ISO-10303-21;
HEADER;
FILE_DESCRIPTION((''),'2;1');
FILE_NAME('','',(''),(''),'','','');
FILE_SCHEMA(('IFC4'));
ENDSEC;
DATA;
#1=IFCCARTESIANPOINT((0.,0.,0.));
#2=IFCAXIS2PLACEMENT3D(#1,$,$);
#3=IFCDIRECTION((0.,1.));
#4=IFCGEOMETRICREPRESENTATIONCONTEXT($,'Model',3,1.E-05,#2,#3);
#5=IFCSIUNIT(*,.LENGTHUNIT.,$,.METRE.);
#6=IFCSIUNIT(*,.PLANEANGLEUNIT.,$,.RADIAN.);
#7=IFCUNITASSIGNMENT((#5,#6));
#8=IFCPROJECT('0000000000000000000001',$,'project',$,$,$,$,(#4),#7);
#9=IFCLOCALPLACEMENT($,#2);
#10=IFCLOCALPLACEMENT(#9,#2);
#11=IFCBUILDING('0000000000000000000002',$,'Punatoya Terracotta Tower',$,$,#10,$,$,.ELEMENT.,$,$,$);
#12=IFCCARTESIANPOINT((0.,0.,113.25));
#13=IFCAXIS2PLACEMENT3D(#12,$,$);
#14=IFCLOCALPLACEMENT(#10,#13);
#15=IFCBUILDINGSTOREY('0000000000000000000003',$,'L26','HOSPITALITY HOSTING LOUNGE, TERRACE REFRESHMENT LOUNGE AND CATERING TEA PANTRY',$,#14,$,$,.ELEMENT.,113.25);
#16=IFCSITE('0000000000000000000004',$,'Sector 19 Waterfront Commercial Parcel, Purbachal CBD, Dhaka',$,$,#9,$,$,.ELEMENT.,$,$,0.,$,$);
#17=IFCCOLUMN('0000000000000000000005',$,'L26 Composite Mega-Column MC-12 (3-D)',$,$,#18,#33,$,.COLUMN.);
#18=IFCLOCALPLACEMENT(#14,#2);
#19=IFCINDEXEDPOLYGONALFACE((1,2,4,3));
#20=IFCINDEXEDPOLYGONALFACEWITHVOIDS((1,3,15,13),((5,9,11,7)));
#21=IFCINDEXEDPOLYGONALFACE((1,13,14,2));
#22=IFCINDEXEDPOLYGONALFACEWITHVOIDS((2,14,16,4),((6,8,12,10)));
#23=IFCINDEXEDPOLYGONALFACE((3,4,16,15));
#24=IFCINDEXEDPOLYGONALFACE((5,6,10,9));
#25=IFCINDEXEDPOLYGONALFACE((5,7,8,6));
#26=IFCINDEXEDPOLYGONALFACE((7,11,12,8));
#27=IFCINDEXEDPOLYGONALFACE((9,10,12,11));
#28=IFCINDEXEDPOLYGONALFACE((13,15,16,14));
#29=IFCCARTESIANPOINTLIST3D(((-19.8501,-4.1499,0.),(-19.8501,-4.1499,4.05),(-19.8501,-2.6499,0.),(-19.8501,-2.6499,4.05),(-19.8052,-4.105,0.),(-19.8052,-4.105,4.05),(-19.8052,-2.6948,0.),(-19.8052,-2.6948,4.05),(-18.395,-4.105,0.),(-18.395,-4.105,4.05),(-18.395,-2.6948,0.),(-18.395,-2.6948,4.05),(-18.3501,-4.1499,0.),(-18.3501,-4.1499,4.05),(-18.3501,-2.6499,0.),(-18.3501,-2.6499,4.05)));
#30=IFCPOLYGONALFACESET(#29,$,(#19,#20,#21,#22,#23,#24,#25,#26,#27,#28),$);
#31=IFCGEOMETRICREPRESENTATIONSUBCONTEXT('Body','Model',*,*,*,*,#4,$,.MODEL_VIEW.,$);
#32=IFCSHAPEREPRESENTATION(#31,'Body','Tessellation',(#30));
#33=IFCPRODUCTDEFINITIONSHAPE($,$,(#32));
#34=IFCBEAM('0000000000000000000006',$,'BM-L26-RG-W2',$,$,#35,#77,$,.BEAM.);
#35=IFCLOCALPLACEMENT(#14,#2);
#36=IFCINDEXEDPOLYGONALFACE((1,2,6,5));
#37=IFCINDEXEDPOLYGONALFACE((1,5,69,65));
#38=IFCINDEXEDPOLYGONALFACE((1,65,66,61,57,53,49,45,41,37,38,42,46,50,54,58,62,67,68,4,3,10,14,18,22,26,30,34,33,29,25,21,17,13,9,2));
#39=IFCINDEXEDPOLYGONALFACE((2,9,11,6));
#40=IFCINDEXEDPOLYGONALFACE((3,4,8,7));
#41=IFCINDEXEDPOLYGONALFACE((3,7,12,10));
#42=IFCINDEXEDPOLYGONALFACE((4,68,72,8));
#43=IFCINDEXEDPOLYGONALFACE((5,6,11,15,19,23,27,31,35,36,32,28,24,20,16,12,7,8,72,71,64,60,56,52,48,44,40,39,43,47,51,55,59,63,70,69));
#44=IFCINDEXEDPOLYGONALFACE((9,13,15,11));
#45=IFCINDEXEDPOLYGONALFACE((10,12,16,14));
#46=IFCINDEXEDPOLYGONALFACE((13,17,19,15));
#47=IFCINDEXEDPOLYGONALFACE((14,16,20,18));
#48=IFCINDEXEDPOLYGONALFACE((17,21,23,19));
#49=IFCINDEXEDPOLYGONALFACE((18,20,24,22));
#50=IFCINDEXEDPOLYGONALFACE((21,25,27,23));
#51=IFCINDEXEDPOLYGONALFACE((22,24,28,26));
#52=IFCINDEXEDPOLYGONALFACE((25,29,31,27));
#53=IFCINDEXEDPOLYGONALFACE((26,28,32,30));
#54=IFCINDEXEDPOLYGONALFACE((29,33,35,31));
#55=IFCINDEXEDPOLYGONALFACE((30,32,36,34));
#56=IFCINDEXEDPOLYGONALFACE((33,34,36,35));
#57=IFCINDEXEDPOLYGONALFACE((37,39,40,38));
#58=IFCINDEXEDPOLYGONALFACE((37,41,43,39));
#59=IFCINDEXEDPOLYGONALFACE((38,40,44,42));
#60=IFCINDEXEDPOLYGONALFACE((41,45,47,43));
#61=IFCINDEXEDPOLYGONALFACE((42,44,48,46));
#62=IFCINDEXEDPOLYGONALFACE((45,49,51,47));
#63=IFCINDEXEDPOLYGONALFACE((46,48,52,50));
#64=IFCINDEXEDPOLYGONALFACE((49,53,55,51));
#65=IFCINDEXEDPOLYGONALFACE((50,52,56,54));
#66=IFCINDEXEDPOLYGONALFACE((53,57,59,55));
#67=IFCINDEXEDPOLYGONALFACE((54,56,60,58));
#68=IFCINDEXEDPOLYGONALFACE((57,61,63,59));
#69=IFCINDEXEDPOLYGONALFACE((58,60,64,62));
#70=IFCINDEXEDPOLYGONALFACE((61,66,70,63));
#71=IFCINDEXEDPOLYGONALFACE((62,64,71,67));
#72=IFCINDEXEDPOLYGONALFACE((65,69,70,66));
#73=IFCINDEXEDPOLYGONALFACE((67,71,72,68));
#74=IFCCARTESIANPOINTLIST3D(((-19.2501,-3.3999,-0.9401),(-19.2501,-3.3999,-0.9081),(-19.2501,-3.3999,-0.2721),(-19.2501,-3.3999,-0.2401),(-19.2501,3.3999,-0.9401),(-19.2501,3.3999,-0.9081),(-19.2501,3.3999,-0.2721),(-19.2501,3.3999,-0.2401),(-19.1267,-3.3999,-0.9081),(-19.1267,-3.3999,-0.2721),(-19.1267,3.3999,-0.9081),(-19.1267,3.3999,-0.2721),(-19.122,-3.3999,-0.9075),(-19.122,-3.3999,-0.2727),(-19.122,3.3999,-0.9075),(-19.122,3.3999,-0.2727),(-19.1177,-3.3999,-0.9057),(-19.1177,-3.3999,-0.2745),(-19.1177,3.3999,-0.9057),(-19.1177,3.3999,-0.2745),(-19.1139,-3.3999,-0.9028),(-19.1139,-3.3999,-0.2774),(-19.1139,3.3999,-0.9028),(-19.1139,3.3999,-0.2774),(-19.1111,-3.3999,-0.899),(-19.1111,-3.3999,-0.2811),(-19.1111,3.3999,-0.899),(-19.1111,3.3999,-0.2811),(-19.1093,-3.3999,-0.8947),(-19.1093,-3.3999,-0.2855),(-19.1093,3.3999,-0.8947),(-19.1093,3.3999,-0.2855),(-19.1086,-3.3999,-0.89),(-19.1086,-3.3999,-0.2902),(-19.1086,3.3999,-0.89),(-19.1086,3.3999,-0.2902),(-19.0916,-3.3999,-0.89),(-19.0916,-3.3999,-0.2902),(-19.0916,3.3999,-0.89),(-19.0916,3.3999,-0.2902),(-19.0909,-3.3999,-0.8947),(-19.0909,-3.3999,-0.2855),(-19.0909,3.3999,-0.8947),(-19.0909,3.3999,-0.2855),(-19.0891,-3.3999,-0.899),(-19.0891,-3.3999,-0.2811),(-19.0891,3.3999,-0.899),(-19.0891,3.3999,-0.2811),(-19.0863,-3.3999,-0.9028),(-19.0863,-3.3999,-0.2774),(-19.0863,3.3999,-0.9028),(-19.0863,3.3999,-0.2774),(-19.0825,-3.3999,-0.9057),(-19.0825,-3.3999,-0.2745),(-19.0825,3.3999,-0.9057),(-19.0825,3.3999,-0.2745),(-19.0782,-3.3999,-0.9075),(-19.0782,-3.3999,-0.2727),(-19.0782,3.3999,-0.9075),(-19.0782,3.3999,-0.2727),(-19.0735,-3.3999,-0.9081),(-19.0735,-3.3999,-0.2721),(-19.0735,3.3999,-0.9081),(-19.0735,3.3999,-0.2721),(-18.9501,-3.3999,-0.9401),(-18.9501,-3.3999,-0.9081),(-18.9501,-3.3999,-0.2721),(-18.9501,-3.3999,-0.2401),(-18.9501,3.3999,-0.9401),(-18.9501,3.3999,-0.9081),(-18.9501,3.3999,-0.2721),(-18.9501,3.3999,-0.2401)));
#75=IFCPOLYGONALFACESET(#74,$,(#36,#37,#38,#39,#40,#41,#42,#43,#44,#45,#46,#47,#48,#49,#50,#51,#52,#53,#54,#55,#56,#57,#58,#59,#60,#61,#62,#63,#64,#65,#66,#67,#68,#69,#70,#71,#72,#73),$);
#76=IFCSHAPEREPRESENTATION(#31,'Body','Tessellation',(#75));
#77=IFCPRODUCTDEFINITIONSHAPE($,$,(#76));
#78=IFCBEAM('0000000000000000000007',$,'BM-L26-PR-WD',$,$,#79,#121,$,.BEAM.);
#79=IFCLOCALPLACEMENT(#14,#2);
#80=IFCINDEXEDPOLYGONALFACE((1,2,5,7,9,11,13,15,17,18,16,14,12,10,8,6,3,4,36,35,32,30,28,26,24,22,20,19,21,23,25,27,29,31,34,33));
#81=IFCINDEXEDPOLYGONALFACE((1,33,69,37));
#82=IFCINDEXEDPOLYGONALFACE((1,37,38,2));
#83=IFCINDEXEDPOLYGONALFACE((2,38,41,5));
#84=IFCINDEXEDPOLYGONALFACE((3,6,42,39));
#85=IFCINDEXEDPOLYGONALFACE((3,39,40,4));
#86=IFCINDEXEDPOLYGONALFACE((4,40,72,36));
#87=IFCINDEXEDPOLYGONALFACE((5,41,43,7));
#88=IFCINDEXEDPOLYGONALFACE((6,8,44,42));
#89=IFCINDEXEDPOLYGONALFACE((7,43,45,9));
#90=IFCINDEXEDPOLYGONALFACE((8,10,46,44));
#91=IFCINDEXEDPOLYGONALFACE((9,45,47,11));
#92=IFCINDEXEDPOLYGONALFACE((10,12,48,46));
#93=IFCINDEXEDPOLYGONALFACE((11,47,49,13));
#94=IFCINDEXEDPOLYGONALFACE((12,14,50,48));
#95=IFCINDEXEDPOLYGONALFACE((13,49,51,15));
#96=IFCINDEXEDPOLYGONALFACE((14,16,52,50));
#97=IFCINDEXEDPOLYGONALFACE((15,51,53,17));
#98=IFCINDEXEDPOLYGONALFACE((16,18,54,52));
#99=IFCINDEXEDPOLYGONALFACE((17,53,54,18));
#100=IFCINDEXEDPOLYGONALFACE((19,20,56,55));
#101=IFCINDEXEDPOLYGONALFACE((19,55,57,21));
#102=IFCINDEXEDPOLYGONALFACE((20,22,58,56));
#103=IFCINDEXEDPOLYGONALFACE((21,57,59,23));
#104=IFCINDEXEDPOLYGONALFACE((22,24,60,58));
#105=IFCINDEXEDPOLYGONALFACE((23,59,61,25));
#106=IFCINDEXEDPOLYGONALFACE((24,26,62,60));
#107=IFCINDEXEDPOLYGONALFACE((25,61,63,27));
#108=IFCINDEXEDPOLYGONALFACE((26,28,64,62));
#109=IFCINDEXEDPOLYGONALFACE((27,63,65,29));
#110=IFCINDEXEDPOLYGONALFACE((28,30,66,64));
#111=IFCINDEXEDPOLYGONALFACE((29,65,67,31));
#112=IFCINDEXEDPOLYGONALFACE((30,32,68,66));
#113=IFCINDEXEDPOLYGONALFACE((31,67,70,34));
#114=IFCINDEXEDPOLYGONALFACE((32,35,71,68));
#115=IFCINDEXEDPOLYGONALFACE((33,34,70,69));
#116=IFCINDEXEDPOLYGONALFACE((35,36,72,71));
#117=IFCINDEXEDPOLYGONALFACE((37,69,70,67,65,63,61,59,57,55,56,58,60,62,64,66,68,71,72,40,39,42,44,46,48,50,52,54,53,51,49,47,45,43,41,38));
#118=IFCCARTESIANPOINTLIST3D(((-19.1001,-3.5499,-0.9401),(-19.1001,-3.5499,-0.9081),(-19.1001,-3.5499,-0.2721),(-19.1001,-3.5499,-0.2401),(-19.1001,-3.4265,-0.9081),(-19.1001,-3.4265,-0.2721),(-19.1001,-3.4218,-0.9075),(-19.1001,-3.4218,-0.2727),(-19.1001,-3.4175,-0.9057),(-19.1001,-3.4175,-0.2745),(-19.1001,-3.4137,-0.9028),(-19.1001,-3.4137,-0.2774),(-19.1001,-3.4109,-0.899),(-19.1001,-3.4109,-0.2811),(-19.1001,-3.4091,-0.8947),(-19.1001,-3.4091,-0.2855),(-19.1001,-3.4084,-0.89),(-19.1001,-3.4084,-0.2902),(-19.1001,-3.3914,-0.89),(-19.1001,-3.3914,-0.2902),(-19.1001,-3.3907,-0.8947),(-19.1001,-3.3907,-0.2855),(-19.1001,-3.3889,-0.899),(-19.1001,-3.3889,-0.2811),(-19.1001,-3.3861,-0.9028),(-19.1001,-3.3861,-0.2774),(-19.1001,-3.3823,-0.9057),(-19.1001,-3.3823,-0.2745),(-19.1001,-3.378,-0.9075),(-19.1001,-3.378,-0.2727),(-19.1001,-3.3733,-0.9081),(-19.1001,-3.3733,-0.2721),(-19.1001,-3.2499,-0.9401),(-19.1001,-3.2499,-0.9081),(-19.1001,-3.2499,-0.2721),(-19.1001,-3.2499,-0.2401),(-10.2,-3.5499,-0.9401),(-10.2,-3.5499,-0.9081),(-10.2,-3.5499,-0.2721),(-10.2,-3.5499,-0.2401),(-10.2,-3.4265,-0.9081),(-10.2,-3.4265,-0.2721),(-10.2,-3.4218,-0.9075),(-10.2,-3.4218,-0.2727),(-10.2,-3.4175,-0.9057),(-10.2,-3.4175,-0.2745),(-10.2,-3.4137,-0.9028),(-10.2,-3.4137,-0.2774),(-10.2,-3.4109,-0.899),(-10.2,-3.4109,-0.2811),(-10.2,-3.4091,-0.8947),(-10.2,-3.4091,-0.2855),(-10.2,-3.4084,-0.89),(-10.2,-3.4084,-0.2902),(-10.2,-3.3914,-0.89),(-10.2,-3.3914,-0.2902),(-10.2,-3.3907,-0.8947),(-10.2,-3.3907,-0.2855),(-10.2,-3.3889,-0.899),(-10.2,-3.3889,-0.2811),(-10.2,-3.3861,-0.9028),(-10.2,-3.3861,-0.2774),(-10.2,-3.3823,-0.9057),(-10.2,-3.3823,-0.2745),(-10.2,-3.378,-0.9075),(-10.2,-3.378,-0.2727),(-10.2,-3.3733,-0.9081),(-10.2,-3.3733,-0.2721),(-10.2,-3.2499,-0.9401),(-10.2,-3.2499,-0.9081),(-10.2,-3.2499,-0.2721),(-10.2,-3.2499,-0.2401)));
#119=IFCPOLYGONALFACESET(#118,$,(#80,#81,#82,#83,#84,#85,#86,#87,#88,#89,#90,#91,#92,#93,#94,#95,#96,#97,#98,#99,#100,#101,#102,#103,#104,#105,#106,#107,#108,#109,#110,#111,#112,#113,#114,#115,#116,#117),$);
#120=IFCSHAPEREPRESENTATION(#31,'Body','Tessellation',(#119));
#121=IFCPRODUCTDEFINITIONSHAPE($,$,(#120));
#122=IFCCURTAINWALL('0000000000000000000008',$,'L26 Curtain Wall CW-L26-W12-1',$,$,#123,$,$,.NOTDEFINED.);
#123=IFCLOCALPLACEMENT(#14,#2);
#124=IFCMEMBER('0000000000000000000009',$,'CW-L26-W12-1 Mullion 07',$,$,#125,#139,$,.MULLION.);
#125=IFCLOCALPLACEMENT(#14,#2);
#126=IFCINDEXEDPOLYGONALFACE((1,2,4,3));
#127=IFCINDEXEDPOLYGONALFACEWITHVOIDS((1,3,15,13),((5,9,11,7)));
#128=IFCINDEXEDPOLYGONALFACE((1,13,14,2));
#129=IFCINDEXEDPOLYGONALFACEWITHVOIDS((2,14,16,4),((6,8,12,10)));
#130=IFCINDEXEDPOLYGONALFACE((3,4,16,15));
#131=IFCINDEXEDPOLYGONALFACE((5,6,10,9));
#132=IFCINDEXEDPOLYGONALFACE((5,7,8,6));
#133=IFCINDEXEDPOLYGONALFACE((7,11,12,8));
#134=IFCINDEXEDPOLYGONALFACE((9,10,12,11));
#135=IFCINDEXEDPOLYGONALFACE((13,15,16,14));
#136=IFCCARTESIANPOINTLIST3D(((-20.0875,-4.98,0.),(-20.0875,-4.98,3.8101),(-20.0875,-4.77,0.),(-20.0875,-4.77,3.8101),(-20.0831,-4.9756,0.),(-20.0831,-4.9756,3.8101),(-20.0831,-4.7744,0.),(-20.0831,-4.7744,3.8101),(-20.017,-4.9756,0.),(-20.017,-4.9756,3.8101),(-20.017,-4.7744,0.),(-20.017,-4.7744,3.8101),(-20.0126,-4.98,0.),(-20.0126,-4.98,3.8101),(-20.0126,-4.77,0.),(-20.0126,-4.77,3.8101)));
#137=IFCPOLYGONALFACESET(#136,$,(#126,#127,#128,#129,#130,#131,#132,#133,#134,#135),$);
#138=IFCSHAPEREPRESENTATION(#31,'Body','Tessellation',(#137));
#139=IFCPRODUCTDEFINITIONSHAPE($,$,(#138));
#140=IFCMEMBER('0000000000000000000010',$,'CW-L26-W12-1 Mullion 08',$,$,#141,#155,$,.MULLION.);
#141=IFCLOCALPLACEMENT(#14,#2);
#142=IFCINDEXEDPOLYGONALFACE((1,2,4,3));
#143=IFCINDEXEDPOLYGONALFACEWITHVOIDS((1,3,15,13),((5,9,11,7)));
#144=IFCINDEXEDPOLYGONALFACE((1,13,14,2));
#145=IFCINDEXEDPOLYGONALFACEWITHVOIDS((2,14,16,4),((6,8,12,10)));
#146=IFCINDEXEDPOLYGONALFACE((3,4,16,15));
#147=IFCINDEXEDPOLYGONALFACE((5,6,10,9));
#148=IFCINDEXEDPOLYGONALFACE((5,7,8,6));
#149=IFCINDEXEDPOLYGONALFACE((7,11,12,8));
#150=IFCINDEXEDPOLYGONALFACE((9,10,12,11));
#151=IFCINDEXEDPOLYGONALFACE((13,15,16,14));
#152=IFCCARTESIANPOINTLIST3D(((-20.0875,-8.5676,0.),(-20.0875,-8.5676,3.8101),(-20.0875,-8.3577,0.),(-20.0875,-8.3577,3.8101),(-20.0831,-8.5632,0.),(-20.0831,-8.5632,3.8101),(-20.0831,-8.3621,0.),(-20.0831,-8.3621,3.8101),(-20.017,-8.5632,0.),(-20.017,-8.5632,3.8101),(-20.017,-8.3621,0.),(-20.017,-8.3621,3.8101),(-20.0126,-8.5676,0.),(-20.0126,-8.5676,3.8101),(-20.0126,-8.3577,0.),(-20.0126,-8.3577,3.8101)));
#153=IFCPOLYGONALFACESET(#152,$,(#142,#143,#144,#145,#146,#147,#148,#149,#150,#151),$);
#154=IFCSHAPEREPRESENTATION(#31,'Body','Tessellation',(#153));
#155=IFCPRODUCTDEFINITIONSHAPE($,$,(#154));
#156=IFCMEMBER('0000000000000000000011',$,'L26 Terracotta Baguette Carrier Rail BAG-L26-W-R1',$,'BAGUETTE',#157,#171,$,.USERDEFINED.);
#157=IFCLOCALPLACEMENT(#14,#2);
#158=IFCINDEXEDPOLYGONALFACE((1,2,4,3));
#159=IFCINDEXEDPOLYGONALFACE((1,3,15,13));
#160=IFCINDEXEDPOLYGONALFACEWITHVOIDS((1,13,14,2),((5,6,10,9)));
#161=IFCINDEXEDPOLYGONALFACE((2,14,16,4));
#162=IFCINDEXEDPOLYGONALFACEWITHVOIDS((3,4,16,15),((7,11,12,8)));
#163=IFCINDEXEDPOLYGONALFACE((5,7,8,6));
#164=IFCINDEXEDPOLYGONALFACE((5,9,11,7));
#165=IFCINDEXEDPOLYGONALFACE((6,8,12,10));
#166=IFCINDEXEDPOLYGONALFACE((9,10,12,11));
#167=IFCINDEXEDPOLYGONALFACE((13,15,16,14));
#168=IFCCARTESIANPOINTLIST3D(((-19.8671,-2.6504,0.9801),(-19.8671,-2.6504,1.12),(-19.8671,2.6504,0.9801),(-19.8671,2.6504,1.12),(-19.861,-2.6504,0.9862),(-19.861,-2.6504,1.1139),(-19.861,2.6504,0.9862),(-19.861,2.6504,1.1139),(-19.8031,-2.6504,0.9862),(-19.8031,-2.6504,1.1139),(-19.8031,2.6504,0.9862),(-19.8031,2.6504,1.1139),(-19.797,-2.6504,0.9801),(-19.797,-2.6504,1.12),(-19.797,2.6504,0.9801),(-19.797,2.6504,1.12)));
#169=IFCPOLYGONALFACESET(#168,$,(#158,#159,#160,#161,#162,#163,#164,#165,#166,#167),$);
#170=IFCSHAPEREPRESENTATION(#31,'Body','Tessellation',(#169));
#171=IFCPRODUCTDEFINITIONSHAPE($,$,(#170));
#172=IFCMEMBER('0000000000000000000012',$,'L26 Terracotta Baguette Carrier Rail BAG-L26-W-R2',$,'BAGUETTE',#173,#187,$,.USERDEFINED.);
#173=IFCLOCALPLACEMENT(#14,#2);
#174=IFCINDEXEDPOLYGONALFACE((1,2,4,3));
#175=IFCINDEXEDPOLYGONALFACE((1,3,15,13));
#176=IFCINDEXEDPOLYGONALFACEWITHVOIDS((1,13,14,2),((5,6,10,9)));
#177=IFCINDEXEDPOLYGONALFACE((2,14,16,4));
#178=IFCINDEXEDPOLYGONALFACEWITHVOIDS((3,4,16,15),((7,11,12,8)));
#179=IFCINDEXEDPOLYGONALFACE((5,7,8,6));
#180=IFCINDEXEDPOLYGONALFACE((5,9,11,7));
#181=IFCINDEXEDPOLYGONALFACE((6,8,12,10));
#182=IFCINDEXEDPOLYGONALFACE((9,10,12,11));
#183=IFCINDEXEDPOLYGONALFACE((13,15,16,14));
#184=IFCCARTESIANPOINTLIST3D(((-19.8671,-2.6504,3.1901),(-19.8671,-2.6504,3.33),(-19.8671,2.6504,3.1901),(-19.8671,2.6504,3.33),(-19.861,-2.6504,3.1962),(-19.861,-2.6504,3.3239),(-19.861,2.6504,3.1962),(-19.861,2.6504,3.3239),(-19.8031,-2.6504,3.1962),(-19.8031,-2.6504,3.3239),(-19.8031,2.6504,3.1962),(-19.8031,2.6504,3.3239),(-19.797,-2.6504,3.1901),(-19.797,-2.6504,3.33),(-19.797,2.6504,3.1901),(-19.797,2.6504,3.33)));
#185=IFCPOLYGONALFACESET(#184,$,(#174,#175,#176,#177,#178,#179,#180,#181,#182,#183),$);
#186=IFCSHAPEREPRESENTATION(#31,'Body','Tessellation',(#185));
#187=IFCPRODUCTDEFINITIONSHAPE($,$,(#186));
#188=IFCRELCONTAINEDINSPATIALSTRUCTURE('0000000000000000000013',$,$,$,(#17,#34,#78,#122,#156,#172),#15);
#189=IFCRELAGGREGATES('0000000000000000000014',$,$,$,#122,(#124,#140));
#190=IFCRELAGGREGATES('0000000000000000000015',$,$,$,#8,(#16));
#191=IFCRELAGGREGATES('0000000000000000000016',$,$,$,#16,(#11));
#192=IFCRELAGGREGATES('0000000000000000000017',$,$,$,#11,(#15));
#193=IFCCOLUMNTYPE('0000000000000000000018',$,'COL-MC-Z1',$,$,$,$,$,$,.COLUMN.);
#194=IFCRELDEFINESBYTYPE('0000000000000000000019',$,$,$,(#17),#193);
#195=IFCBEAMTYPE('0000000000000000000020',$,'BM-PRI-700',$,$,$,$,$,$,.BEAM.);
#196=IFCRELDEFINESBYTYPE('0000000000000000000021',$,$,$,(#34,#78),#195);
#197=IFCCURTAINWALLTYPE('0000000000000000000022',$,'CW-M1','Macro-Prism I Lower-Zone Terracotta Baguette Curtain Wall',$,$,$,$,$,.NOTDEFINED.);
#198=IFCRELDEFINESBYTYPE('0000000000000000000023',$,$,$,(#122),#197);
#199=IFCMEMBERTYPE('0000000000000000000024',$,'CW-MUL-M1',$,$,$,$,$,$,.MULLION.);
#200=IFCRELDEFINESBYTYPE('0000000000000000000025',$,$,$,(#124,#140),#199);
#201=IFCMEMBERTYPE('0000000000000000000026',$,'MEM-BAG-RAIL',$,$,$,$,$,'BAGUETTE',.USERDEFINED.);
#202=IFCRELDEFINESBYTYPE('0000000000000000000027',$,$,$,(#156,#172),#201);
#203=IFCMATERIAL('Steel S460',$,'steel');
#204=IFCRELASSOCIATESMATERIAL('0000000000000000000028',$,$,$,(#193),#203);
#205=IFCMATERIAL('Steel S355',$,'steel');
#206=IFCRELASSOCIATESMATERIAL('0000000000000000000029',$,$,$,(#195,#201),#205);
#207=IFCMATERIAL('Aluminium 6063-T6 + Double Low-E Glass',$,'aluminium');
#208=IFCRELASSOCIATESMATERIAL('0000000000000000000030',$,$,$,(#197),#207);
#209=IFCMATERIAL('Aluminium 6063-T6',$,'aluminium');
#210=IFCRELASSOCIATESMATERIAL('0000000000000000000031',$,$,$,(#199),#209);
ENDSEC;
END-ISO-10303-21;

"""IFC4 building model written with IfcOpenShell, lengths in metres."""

from ifc_helpers import new_model, si_unit, direction, frame, origin, origin_2d, place, context, subcontext, project, spatial, hollow_rectangle, i_section, extrude, material, material_profile, profile_set, type_object, element, aggregate, save


model = new_model("IFC4")

# Units and contexts
model_context = context("Model", 3, precision=1e-05, world=origin(), true_north=direction((0.0, 1.0)))
body_context = subcontext(model_context, "Body", "Model", "MODEL_VIEW")
ifc_project = project(units=[si_unit("LENGTHUNIT", "METRE"), si_unit("PLANEANGLEUNIT", "RADIAN")], contexts=[model_context])

# Site, building, storey
site_placement = place(None, origin())
site = spatial("IfcSite", under=ifc_project, at=site_placement, Name="Sector 19 Waterfront Commercial Parcel, Purbachal CBD, Dhaka", CompositionType="ELEMENT", RefElevation=0.0)
building_placement = place(site_placement, origin())
building = spatial("IfcBuilding", under=site, at=building_placement, Name="Punatoya Terracotta Tower", CompositionType="ELEMENT")
storey_placement = place(building_placement, frame((0.0, 0.0, 113.25)))
storey = spatial("IfcBuildingStorey", under=building, at=storey_placement, Name="L26", Description="HOSPITALITY HOSTING LOUNGE, TERRACE REFRESHMENT LOUNGE AND CATERING TEA PANTRY", CompositionType="ELEMENT", Elevation=113.25)

# Column
ifc_material_1 = material(Name="Steel S460", Category="steel")
ifc_material_profile_1 = material_profile(ifc_material_1, hollow_rectangle(XDim=1.5, YDim=1.5, WallThickness=0.0449, at=origin_2d()))
ifc_profile_set_1 = profile_set([ifc_material_profile_1], Name="Steel S460")
column_type = type_object("IfcColumnType", Name="COL-MC-Z1", PredefinedType="COLUMN", material=ifc_profile_set_1)
column_placement = place(storey_placement, frame((-19.1001, -3.3999, 0.0), z_axis=(0.0, 0.0, 1.0), x_axis=(1.0, 0.0, 0.0)))
element("IfcColumn", 1, at=column_placement, inside=storey, type_object=column_type, Name="L26 Composite Mega-Column MC-12 (3-D)", PredefinedType="COLUMN", context=body_context, shape_type="SweptSolid", body=[
    extrude(hollow_rectangle(XDim=1.5, YDim=1.5, WallThickness=0.0449, at=origin_2d()), origin(), (0.0, 0.0, 1.0), 4.05),
])

# Beams
ifc_material_2 = material(Name="Steel S355", Category="steel")
ifc_material_profile_2 = material_profile(ifc_material_2, i_section(OverallWidth=0.3, OverallDepth=0.7, WebThickness=0.0171, FlangeThickness=0.032, FilletRadius=0.0181, at=origin_2d()))
ifc_profile_set_2 = profile_set([ifc_material_profile_2], Name="Steel S355")
beam_type = type_object("IfcBeamType", Name="BM-PRI-700", PredefinedType="BEAM", material=ifc_profile_set_2)
beam_1_placement = place(storey_placement, frame((-19.1001, -3.3999, -0.5901), z_axis=(0.0, 1.0, 0.0), x_axis=(-1.0, 0.0, 0.0)))
element("IfcBeam", 2, at=beam_1_placement, inside=storey, type_object=beam_type, Name="BM-L26-RG-W2", PredefinedType="BEAM", context=body_context, shape_type="SweptSolid", body=[
    extrude(i_section(OverallWidth=0.3, OverallDepth=0.7, WebThickness=0.0171, FlangeThickness=0.032, FilletRadius=0.0181, at=origin_2d()), origin(), (0.0, 0.0, 1.0), 6.7998),
])
beam_2_placement = place(storey_placement, frame((-19.1001, -3.3999, -0.5901), z_axis=(1.0, 0.0, 0.0), x_axis=(0.0, 1.0, 0.0)))
element("IfcBeam", 3, at=beam_2_placement, inside=storey, type_object=beam_type, Name="BM-L26-PR-WD", PredefinedType="BEAM", context=body_context, shape_type="SweptSolid", body=[
    extrude(i_section(OverallWidth=0.3, OverallDepth=0.7, WebThickness=0.0171, FlangeThickness=0.032, FilletRadius=0.0181, at=origin_2d()), origin(), (0.0, 0.0, 1.0), 8.9001),
])

# Curtain wall, members
ifc_material_3 = material(Name="Aluminium 6063-T6 + Double Low-E Glass", Category="aluminium")
curtain_wall_type = type_object("IfcCurtainWallType", Name="CW-M1", Description="Macro-Prism I Lower-Zone Terracotta Baguette Curtain Wall", PredefinedType="NOTDEFINED", material=ifc_material_3)
curtain_wall_placement = place(storey_placement, origin())
curtain_wall = element("IfcCurtainWall", 4, at=curtain_wall_placement, inside=storey, type_object=curtain_wall_type, Name="L26 Curtain Wall CW-L26-W12-1", PredefinedType="NOTDEFINED")
ifc_material_4 = material(Name="Aluminium 6063-T6", Category="aluminium")
ifc_material_profile_3 = material_profile(ifc_material_4, hollow_rectangle(XDim=0.075, YDim=0.21, WallThickness=0.0044, at=origin_2d()))
ifc_profile_set_3 = profile_set([ifc_material_profile_3], Name="Aluminium 6063-T6")
member_type_1 = type_object("IfcMemberType", Name="CW-MUL-M1", PredefinedType="MULLION", material=ifc_profile_set_3)
member_1_placement = place(storey_placement, frame((-20.05, -4.875, 0.0), z_axis=(0.0, 0.0, 1.0), x_axis=(1.0, 0.0, 0.0)))
member_1 = element("IfcMember", 5, at=member_1_placement, type_object=member_type_1, Name="CW-L26-W12-1 Mullion 07", PredefinedType="MULLION", context=body_context, shape_type="SweptSolid", body=[
    extrude(hollow_rectangle(XDim=0.075, YDim=0.21, WallThickness=0.0044, at=origin_2d()), origin(), (0.0, 0.0, 1.0), 3.8101),
])
member_2_placement = place(storey_placement, frame((-20.05, -8.4626, 0.0), z_axis=(0.0, 0.0, 1.0), x_axis=(1.0, 0.0, 0.0)))
member_2 = element("IfcMember", 6, at=member_2_placement, type_object=member_type_1, Name="CW-L26-W12-1 Mullion 08", PredefinedType="MULLION", context=body_context, shape_type="SweptSolid", body=[
    extrude(hollow_rectangle(XDim=0.075, YDim=0.21, WallThickness=0.0044, at=origin_2d()), origin(), (0.0, 0.0, 1.0), 3.8101),
])

# Members
ifc_material_profile_4 = material_profile(ifc_material_2, hollow_rectangle(XDim=0.0701, YDim=0.1399, WallThickness=0.0061, at=origin_2d()))
ifc_profile_set_4 = profile_set([ifc_material_profile_4], Name="Steel S355")
member_type_2 = type_object("IfcMemberType", Name="MEM-BAG-RAIL", ElementType="BAGUETTE", PredefinedType="USERDEFINED", material=ifc_profile_set_4)
for number, where, z_axis, x_axis, name in (
    (7, (-19.832, -2.6504, 1.05), (0.0, 1.0, 0.0), (-1.0, 0.0, 0.0), "L26 Terracotta Baguette Carrier Rail BAG-L26-W-R1"),
    (8, (-19.832, -2.6504, 3.26), (0.0, 1.0, 0.0), (-1.0, 0.0, 0.0), "L26 Terracotta Baguette Carrier Rail BAG-L26-W-R2"),
):
    element("IfcMember", number, at=place(storey_placement, frame(where, z_axis=z_axis, x_axis=x_axis)), inside=storey, type_object=member_type_2, Name=name, ObjectType="BAGUETTE", PredefinedType="USERDEFINED", context=body_context, shape_type="SweptSolid", body=[
        extrude(hollow_rectangle(XDim=0.0701, YDim=0.1399, WallThickness=0.0061, at=origin_2d()), origin(), (0.0, 0.0, 1.0), 5.3008),
    ])

aggregate(curtain_wall, [member_1, member_2])

save(model, "model.ifc")
